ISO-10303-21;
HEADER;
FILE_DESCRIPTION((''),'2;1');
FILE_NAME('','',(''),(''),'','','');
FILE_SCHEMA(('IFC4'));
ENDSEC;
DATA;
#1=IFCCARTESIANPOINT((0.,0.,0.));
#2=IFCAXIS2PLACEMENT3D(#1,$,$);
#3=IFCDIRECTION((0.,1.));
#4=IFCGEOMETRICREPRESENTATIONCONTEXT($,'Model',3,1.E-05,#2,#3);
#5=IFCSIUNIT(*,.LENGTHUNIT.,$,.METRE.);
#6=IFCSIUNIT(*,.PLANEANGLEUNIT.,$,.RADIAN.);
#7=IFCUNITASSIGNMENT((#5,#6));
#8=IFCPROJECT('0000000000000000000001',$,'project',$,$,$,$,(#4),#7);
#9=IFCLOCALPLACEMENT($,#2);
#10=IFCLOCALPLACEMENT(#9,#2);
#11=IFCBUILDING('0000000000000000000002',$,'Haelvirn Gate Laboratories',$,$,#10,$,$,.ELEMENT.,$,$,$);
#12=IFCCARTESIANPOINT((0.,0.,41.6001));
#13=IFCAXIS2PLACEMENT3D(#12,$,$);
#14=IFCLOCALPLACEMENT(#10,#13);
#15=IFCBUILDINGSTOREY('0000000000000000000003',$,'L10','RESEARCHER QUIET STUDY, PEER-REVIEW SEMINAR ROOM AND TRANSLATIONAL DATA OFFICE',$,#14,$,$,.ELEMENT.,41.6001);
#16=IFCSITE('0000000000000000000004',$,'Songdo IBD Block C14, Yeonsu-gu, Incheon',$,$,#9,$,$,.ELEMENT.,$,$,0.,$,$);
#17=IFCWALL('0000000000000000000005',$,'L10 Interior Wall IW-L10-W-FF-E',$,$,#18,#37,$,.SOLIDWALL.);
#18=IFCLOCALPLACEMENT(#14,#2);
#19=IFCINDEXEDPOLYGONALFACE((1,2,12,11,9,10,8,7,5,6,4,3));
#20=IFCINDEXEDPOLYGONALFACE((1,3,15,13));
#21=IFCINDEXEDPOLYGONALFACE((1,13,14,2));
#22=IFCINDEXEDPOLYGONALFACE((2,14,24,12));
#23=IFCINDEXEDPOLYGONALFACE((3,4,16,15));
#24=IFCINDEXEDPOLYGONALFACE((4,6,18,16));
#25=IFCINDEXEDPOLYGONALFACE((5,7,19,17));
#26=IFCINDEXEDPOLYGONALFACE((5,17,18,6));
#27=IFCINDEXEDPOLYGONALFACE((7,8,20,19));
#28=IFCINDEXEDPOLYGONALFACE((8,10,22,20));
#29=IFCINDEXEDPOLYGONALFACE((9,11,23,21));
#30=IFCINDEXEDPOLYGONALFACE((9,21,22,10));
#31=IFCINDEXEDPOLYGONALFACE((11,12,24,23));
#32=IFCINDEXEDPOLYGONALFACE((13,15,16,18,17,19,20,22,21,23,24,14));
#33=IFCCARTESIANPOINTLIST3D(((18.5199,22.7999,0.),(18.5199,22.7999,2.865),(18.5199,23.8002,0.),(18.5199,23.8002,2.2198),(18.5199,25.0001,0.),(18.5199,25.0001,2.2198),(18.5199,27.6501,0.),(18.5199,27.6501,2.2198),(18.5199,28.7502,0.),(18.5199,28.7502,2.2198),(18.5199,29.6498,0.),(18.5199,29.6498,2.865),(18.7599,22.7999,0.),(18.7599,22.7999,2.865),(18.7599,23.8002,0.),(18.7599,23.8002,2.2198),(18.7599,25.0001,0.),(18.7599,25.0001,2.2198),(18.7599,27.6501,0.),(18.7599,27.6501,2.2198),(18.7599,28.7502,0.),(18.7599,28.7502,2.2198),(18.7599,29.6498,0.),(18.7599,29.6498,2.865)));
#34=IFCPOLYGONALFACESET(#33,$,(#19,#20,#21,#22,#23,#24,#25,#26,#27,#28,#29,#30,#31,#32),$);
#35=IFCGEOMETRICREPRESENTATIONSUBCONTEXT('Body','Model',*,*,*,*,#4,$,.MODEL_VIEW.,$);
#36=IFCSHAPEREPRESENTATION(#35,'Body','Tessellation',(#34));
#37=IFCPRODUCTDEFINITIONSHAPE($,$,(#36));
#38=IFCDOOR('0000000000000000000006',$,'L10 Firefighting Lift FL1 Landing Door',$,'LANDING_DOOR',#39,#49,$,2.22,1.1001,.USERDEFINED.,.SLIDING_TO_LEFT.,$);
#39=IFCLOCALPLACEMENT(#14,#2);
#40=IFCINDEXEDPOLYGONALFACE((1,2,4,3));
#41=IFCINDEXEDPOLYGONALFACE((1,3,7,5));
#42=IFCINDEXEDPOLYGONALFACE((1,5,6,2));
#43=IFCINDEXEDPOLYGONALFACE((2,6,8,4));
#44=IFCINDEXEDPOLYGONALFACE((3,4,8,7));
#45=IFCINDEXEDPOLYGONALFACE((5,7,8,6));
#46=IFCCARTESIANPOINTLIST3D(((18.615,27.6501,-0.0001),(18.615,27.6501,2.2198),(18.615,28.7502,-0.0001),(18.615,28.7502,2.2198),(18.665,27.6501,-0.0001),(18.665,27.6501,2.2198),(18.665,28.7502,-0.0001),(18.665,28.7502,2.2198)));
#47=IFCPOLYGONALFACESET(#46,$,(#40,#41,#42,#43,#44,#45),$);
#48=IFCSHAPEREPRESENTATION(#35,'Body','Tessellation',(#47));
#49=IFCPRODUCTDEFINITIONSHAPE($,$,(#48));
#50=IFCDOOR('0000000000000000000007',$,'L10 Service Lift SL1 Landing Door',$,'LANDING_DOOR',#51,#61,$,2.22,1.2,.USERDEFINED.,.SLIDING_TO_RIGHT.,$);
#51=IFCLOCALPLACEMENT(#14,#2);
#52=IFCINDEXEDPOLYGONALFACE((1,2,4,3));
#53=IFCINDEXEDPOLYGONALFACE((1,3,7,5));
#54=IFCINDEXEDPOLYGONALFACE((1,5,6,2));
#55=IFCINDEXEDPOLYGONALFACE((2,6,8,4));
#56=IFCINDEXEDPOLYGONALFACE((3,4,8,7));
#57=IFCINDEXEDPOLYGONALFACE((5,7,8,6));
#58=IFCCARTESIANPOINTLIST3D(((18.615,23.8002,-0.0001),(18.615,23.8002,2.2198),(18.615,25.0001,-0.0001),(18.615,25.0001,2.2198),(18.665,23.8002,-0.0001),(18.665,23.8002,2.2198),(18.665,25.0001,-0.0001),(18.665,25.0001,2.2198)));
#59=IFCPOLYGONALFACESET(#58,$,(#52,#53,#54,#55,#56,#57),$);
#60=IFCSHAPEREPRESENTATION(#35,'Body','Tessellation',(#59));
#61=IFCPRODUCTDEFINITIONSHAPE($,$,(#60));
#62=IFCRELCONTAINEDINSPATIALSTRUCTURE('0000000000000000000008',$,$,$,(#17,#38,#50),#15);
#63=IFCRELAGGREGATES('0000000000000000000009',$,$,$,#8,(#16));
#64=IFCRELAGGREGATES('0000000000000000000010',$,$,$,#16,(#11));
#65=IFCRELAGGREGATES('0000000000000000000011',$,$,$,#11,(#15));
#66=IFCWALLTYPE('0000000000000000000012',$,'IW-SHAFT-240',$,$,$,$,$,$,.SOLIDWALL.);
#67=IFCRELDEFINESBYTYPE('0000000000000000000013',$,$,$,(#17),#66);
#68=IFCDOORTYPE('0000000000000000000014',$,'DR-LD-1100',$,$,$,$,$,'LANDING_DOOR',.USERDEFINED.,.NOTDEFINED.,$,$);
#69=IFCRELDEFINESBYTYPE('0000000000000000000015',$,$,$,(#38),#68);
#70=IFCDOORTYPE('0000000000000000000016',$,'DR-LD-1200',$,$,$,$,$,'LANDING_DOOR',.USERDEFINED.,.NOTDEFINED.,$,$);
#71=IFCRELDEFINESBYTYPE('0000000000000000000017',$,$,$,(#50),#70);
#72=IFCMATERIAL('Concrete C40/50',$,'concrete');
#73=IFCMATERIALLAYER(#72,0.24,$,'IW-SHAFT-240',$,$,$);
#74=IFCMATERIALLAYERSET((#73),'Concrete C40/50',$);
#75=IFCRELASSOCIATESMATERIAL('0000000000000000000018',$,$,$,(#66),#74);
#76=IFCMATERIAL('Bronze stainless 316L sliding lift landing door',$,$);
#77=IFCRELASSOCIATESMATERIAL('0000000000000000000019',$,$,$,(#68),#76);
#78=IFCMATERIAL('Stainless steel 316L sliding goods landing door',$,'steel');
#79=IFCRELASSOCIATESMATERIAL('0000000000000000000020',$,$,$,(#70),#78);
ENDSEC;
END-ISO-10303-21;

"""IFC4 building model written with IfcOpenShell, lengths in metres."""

from ifc_helpers import new_model, si_unit, direction, frame, frame_2d, origin, place, context, subcontext, project, spatial, rectangle, extrude, source, transform, mapped, material, layer, layer_set, type_object, type_shapes, element, fill, save


model = new_model("IFC4")

# Units and contexts
model_context = context("Model", 3, precision=1e-05, world=origin(), true_north=direction((0.0, 1.0)))
body_context = subcontext(model_context, "Body", "Model", "MODEL_VIEW")
ifc_project = project(units=[si_unit("LENGTHUNIT", "METRE"), si_unit("PLANEANGLEUNIT", "RADIAN")], contexts=[model_context])

# Site, building, storey
site_placement = place(None, origin())
site = spatial("IfcSite", under=ifc_project, at=site_placement, Name="Songdo IBD Block C14, Yeonsu-gu, Incheon", CompositionType="ELEMENT", RefElevation=0.0)
building_placement = place(site_placement, origin())
building = spatial("IfcBuilding", under=site, at=building_placement, Name="Haelvirn Gate Laboratories", CompositionType="ELEMENT")
storey_placement = place(building_placement, frame((0.0, 0.0, 41.6001)))
storey = spatial("IfcBuildingStorey", under=building, at=storey_placement, Name="L10", Description="RESEARCHER QUIET STUDY, PEER-REVIEW SEMINAR ROOM AND TRANSLATIONAL DATA OFFICE", CompositionType="ELEMENT", Elevation=41.6001)

# Shared definitions
ifc_material_1 = material(Name="Concrete C40/50", Category="concrete")

# Shared definitions
ifc_layer_1 = layer(ifc_material_1, 0.24, Name="IW-SHAFT-240")
ifc_layer_set_1 = layer_set([ifc_layer_1], Name="Concrete C40/50")
wall_type_1 = type_object("IfcWallType", Name="IW-SHAFT-240", PredefinedType="SOLIDWALL", material=ifc_layer_set_1)

# Wall, openings, doors
wall_1_placement = place(storey_placement, frame((18.6399, 22.8, 0.0), z_axis=(0.0, 0.0, 1.0), x_axis=(0.0, 1.0, 0.0)))
wall_1 = element("IfcWall", 1, at=wall_1_placement, inside=storey, type_object=wall_type_1, Name="L10 Interior Wall IW-L10-W-FF-E", PredefinedType="SOLIDWALL", context=body_context, shape_type="SweptSolid", body=[
    extrude(rectangle(XDim=6.8499, YDim=0.24, at=frame_2d((3.4248, 0.0))), origin(), (0.0, 0.0, 1.0), 2.865),
])
opening_1_placement = place(wall_1_placement, frame((4.8501, 0.0, 0.0)))
opening_1 = element("IfcOpeningElement", 2, at=opening_1_placement, cuts=wall_1, PredefinedType="OPENING", context=body_context, shape_type="SweptSolid", body=[
    extrude(rectangle(XDim=1.1001, YDim=2.22, at=frame_2d((0.55, 1.1099))), frame((0.0, 0.1299, 0.0), z_axis=(0.0, -1.0, 0.0), x_axis=(1.0, 0.0, 0.0)), (0.0, 0.0, 1.0), 0.26),
])
opening_2_placement = place(wall_1_placement, frame((1.0, 0.0, 0.0)))
opening_2 = element("IfcOpeningElement", 3, at=opening_2_placement, cuts=wall_1, PredefinedType="OPENING", context=body_context, shape_type="SweptSolid", body=[
    extrude(rectangle(XDim=1.2, YDim=2.22, at=frame_2d((0.6001, 1.1099))), frame((0.0, 0.1299, 0.0), z_axis=(0.0, -1.0, 0.0), x_axis=(1.0, 0.0, 0.0)), (0.0, 0.0, 1.0), 0.26),
])
ifc_material_2 = material(Name="Bronze stainless 316L sliding lift landing door")
door_type_1 = type_object("IfcDoorType", Name="DR-LD-1100", ElementType="LANDING_DOOR", OperationType="NOTDEFINED", PredefinedType="USERDEFINED", material=ifc_material_2)
shared_shape_1 = source(origin(), body_context, "Body", "SweptSolid", [
    extrude(rectangle(XDim=1.1001, YDim=2.22, at=frame_2d((0.55, 1.1099))), frame((0.0, 0.0249, 0.0), z_axis=(0.0, -1.0, 0.0), x_axis=(1.0, 0.0, 0.0)), (0.0, 0.0, 1.0), 0.05),
])
type_shapes(door_type_1, [shared_shape_1])
door_1_placement = place(opening_1_placement, origin())
door_1 = element("IfcDoor", 4, at=door_1_placement, inside=storey, type_object=door_type_1, Name="L10 Firefighting Lift FL1 Landing Door", ObjectType="LANDING_DOOR", OperationType="SLIDING_TO_LEFT", OverallHeight=2.22, OverallWidth=1.1001, PredefinedType="USERDEFINED", context=body_context, shape_type="MappedRepresentation", body=[
    mapped(shared_shape_1, transform((0.0, 0.0, 0.0), scale=1.0)),
])
fill(opening_1, door_1)
ifc_material_3 = material(Name="Stainless steel 316L sliding goods landing door", Category="steel")
door_type_2 = type_object("IfcDoorType", Name="DR-LD-1200", ElementType="LANDING_DOOR", OperationType="NOTDEFINED", PredefinedType="USERDEFINED", material=ifc_material_3)
shared_shape_2 = source(origin(), body_context, "Body", "SweptSolid", [
    extrude(rectangle(XDim=1.2, YDim=2.22, at=frame_2d((0.6001, 1.1099))), frame((0.0, 0.0249, 0.0), z_axis=(0.0, -1.0, 0.0), x_axis=(1.0, 0.0, 0.0)), (0.0, 0.0, 1.0), 0.05),
])
type_shapes(door_type_2, [shared_shape_2])
door_2_placement = place(opening_2_placement, origin())
door_2 = element("IfcDoor", 5, at=door_2_placement, inside=storey, type_object=door_type_2, Name="L10 Service Lift SL1 Landing Door", ObjectType="LANDING_DOOR", OperationType="SLIDING_TO_RIGHT", OverallHeight=2.22, OverallWidth=1.2, PredefinedType="USERDEFINED", context=body_context, shape_type="MappedRepresentation", body=[
    mapped(shared_shape_2, transform((0.0, 0.0, 0.0), scale=1.0)),
])
fill(opening_2, door_2)

save(model, "model.ifc")
